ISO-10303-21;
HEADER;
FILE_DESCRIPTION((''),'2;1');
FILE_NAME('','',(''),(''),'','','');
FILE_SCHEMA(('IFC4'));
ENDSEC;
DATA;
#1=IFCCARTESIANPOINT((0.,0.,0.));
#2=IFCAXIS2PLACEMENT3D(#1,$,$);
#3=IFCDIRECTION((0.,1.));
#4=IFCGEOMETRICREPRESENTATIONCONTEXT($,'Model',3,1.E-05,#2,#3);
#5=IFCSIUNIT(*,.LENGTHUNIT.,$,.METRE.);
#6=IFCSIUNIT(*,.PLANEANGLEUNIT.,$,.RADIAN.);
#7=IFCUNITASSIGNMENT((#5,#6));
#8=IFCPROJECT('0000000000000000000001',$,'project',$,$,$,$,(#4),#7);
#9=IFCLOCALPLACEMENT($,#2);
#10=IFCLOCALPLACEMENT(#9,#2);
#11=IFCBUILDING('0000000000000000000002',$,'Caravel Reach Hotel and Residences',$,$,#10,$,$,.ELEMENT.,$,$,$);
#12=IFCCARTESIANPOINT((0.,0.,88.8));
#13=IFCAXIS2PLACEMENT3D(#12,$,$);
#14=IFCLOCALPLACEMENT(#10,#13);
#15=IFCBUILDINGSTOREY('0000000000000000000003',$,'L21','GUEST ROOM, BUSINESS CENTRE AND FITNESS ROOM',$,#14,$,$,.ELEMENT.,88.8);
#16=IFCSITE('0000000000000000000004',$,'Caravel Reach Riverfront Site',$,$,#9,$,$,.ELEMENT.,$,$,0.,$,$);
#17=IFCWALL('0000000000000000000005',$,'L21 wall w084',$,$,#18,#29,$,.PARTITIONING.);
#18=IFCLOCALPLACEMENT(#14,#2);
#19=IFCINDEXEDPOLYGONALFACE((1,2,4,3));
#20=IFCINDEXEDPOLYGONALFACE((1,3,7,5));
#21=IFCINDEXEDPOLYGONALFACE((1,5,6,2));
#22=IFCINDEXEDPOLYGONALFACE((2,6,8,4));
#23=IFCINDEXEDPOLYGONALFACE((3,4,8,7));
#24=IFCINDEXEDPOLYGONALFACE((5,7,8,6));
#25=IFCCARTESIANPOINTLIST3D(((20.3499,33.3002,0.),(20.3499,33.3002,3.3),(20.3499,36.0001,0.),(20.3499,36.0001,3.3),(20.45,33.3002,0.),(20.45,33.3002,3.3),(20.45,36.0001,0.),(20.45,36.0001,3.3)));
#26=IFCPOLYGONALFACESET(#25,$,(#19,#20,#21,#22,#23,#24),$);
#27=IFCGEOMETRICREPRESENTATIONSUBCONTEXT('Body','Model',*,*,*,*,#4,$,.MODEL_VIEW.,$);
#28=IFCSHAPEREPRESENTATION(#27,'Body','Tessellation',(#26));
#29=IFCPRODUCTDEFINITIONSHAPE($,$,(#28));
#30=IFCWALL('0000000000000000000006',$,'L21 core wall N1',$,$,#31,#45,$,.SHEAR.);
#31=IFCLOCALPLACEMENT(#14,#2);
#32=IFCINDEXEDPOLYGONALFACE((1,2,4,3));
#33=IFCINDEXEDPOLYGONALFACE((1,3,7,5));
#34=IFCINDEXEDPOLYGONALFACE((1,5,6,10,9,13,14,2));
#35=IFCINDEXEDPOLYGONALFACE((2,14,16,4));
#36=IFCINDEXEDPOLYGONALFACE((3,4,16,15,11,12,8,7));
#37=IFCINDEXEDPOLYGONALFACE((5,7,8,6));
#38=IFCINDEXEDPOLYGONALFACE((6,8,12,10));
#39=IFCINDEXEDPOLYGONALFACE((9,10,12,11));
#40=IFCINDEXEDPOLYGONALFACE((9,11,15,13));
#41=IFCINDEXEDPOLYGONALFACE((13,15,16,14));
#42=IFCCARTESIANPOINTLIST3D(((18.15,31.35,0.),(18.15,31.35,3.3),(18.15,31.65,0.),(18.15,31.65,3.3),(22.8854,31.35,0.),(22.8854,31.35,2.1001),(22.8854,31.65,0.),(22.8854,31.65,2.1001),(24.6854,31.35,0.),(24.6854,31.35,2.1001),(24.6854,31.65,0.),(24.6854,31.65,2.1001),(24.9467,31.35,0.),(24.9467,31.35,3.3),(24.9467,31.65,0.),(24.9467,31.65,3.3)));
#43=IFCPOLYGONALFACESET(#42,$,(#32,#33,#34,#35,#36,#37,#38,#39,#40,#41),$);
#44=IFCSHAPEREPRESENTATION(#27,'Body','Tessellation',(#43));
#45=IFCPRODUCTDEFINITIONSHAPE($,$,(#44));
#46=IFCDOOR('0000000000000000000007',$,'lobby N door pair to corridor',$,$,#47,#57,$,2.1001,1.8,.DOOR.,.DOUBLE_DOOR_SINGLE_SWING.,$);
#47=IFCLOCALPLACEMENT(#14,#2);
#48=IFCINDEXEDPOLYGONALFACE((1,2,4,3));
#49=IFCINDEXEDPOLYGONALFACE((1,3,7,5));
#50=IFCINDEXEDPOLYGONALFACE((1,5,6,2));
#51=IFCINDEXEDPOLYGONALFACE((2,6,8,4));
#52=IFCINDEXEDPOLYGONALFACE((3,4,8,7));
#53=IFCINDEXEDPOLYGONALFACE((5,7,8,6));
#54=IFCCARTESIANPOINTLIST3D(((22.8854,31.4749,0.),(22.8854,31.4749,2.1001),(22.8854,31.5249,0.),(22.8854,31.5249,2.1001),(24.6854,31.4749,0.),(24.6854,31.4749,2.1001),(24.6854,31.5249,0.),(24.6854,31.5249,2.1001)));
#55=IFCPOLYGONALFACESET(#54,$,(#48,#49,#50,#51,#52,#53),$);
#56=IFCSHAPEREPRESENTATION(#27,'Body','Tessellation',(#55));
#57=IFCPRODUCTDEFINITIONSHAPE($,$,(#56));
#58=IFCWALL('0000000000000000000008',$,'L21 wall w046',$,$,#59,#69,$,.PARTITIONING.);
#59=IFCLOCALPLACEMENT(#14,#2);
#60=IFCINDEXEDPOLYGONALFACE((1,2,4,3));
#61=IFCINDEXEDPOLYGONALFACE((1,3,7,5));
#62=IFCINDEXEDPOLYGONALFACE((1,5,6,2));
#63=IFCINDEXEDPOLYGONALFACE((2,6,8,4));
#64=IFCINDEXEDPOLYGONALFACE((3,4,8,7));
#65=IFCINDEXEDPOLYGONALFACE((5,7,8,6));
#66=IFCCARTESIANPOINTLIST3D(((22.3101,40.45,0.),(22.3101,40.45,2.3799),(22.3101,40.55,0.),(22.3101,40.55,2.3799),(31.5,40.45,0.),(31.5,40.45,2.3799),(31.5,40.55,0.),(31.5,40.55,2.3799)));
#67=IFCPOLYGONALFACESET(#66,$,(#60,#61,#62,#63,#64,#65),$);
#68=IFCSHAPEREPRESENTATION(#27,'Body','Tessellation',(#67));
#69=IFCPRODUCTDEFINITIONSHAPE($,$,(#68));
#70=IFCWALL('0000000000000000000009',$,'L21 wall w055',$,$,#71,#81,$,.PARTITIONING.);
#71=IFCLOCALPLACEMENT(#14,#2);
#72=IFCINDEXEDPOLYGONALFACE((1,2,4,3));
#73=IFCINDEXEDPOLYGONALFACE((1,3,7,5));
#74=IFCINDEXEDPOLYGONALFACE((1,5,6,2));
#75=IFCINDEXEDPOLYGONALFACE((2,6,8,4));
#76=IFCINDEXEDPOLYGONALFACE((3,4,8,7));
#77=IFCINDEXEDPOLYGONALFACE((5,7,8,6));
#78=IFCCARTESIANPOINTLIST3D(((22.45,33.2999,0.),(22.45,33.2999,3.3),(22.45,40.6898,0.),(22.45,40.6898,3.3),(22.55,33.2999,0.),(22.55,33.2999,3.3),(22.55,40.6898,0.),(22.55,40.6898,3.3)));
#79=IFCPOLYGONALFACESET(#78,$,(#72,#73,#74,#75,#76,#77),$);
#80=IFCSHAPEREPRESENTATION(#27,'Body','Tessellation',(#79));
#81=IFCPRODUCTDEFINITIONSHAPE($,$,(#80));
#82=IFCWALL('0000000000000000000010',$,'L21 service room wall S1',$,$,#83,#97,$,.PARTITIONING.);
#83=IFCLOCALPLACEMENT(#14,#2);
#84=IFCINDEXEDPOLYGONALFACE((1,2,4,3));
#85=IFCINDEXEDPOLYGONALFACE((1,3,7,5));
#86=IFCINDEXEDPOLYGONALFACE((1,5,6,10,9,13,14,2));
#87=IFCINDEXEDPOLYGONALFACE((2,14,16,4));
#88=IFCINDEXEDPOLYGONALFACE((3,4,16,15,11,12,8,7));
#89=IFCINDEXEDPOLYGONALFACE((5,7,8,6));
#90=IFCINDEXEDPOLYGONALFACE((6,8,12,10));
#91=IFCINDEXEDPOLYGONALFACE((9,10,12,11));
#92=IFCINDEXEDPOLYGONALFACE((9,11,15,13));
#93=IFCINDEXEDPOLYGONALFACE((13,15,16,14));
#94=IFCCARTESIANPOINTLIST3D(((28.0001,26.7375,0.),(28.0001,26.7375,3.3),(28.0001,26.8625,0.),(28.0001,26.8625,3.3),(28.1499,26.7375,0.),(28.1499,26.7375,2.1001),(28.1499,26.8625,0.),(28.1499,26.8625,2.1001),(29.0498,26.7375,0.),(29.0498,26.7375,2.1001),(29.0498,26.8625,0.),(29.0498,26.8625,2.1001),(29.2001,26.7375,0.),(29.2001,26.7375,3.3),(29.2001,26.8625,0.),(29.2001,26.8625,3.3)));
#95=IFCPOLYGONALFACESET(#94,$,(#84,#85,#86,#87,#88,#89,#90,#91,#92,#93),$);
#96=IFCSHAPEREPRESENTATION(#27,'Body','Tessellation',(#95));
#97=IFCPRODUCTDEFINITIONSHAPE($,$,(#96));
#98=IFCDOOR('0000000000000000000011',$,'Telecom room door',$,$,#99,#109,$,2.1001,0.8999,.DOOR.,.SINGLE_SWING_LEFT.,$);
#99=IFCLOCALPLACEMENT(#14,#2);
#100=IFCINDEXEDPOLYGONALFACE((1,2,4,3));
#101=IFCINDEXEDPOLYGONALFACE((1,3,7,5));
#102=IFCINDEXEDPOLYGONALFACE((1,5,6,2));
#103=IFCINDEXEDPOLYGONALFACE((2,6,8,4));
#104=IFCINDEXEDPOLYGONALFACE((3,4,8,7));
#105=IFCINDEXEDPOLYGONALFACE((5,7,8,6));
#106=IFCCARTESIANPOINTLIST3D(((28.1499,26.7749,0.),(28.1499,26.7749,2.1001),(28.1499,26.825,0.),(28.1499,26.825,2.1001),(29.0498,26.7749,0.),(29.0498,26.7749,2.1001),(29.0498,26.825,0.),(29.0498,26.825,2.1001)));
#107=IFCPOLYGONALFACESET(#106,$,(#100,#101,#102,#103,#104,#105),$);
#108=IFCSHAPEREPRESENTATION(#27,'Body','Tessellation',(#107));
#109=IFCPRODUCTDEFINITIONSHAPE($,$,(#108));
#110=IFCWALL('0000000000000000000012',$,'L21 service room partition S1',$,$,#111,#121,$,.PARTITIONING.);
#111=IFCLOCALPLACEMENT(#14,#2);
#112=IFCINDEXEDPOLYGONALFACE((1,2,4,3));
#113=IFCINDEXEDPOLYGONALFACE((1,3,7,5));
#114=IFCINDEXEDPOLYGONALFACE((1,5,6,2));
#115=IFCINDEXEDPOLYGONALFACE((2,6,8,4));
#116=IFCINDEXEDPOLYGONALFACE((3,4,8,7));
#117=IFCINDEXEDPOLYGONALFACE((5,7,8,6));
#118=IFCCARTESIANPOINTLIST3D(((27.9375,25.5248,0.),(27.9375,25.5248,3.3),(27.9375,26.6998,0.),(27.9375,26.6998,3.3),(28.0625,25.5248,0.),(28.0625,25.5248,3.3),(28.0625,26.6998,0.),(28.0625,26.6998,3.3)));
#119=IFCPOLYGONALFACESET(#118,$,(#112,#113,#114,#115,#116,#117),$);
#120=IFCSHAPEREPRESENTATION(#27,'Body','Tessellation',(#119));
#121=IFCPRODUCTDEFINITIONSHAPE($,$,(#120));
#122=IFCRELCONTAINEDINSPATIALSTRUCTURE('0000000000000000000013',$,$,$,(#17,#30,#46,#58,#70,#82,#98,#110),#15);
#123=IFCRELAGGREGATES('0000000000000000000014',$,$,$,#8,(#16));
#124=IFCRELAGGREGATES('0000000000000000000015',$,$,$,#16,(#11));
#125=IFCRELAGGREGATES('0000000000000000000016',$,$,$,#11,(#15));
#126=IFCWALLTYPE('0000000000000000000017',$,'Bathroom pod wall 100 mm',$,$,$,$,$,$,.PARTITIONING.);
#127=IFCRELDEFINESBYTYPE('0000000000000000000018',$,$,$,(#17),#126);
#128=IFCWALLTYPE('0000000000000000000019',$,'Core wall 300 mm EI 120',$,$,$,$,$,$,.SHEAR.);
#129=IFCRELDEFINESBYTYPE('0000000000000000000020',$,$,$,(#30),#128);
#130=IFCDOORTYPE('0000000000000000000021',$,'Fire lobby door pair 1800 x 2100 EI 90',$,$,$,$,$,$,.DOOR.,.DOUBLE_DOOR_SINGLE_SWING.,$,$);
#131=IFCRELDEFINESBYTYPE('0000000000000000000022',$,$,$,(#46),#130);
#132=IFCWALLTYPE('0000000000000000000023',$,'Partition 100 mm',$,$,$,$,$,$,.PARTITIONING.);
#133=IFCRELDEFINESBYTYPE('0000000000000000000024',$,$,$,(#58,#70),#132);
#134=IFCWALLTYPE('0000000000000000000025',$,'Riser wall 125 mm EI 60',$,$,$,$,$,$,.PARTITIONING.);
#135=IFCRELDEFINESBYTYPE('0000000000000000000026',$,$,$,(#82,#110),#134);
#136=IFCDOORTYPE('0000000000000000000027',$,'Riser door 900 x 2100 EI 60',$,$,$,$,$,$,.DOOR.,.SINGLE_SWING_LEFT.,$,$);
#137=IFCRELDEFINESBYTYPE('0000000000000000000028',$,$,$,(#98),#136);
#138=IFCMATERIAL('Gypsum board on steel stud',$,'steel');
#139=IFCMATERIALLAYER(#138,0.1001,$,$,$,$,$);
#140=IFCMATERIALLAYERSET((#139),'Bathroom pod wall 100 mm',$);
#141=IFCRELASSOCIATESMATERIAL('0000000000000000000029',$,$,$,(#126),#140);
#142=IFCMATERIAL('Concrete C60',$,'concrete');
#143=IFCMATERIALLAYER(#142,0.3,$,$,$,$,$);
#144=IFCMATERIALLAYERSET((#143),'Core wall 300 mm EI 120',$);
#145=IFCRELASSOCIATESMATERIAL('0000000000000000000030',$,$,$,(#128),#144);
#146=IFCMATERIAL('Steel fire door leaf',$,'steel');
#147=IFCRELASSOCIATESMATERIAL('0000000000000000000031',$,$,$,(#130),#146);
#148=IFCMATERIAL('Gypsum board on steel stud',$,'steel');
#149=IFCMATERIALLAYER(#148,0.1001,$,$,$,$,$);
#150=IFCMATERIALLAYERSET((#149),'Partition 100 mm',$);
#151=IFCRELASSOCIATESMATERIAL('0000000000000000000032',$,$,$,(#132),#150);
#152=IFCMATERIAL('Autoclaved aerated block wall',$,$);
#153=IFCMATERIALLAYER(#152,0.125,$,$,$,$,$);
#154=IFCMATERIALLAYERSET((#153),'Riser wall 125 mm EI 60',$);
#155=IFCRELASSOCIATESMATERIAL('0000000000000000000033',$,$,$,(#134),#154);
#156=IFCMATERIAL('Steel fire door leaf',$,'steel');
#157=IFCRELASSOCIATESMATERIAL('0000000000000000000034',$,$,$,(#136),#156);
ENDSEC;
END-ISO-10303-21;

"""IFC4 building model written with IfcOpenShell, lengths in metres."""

from ifc_helpers import new_model, si_unit, direction, frame, frame_2d, origin, place, context, subcontext, project, spatial, rectangle, extrude, material, layer, layer_set, type_object, element, fill, save


model = new_model("IFC4")

# Units and contexts
model_context = context("Model", 3, precision=1e-05, world=origin(), true_north=direction((0.0, 1.0)))
body_context = subcontext(model_context, "Body", "Model", "MODEL_VIEW")
ifc_project = project(units=[si_unit("LENGTHUNIT", "METRE"), si_unit("PLANEANGLEUNIT", "RADIAN")], contexts=[model_context])

# Site, building, storey
site_placement = place(None, origin())
site = spatial("IfcSite", under=ifc_project, at=site_placement, Name="Caravel Reach Riverfront Site", CompositionType="ELEMENT", RefElevation=0.0)
building_placement = place(site_placement, origin())
building = spatial("IfcBuilding", under=site, at=building_placement, Name="Caravel Reach Hotel and Residences", CompositionType="ELEMENT")
storey_placement = place(building_placement, frame((0.0, 0.0, 88.8)))
storey = spatial("IfcBuildingStorey", under=building, at=storey_placement, Name="L21", Description="GUEST ROOM, BUSINESS CENTRE AND FITNESS ROOM", CompositionType="ELEMENT", Elevation=88.8)

# Shared definitions
ifc_material_1 = material(Name="Gypsum board on steel stud", Category="steel")
ifc_layer_1 = layer(ifc_material_1, 0.1001)
ifc_layer_set_1 = layer_set([ifc_layer_1], Name="Bathroom pod wall 100 mm")
wall_type_1 = type_object("IfcWallType", Name="Bathroom pod wall 100 mm", PredefinedType="PARTITIONING", material=ifc_layer_set_1)

# Wall
for number, where, z_axis, x_axis, name in (
    (1, (20.3999, 33.3, 0.0), (0.0, 0.0, 1.0), (0.0, 1.0, 0.0), "L21 wall w084"),
):
    element("IfcWall", number, at=place(storey_placement, frame(where, z_axis=z_axis, x_axis=x_axis)), inside=storey, type_object=wall_type_1, Name=name, PredefinedType="PARTITIONING", context=body_context, shape_type="SweptSolid", body=[
        extrude(rectangle(XDim=2.7, YDim=0.1001, at=frame_2d((1.3501, 0.0))), origin(), (0.0, 0.0, 1.0), 3.3),
    ])

# Wall, opening, door
ifc_material_2 = material(Name="Concrete C60", Category="concrete")
ifc_layer_2 = layer(ifc_material_2, 0.3)
ifc_layer_set_2 = layer_set([ifc_layer_2], Name="Core wall 300 mm EI 120")
wall_type_2 = type_object("IfcWallType", Name="Core wall 300 mm EI 120", PredefinedType="SHEAR", material=ifc_layer_set_2)
wall_1_placement = place(storey_placement, frame((18.1499, 31.5, 0.0), z_axis=(0.0, 0.0, 1.0), x_axis=(1.0, 0.0, 0.0)))
wall_1 = element("IfcWall", 2, at=wall_1_placement, inside=storey, type_object=wall_type_2, Name="L21 core wall N1", PredefinedType="SHEAR", context=body_context, shape_type="SweptSolid", body=[
    extrude(rectangle(XDim=6.7966, YDim=0.3, at=frame_2d((3.3984, 0.0))), origin(), (0.0, 0.0, 1.0), 3.3),
])
opening_1_placement = place(wall_1_placement, frame((4.7356, 0.0, 0.0)))
opening_1 = element("IfcOpeningElement", 3, at=opening_1_placement, cuts=wall_1, PredefinedType="OPENING", context=body_context, shape_type="SweptSolid", body=[
    extrude(rectangle(XDim=1.8, YDim=2.1001, at=frame_2d((0.8999, 1.05))), frame((0.0, 0.1599, 0.0), z_axis=(0.0, -1.0, 0.0), x_axis=(1.0, 0.0, 0.0)), (0.0, 0.0, 1.0), 0.3201),
])
ifc_material_3 = material(Name="Steel fire door leaf", Category="steel")
door_type_1 = type_object("IfcDoorType", Name="Fire lobby door pair 1800 x 2100 EI 90", OperationType="DOUBLE_DOOR_SINGLE_SWING", PredefinedType="DOOR", material=ifc_material_3)
door_1_placement = place(opening_1_placement, origin())
door_1 = element("IfcDoor", 4, at=door_1_placement, inside=storey, type_object=door_type_1, Name="lobby N door pair to corridor", OperationType="DOUBLE_DOOR_SINGLE_SWING", OverallHeight=2.1001, OverallWidth=1.8, PredefinedType="DOOR", context=body_context, shape_type="SweptSolid", body=[
    extrude(rectangle(XDim=1.8, YDim=2.1001, at=frame_2d((0.8999, 1.05))), frame((0.0, 0.0249, 0.0), z_axis=(0.0, -1.0, 0.0), x_axis=(1.0, 0.0, 0.0)), (0.0, 0.0, 1.0), 0.05),
])
fill(opening_1, door_1)

# Walls
ifc_material_4 = material(Name="Gypsum board on steel stud", Category="steel")
ifc_layer_3 = layer(ifc_material_4, 0.1001)
ifc_layer_set_3 = layer_set([ifc_layer_3], Name="Partition 100 mm")
wall_type_3 = type_object("IfcWallType", Name="Partition 100 mm", PredefinedType="PARTITIONING", material=ifc_layer_set_3)
wall_2_placement = place(storey_placement, frame((22.3101, 40.5, 0.0), z_axis=(0.0, 0.0, 1.0), x_axis=(1.0, 0.0, 0.0)))
element("IfcWall", 5, at=wall_2_placement, inside=storey, type_object=wall_type_3, Name="L21 wall w046", PredefinedType="PARTITIONING", context=body_context, shape_type="SweptSolid", body=[
    extrude(rectangle(XDim=9.1899, YDim=0.1001, at=frame_2d((4.595, 0.0))), origin(), (0.0, 0.0, 1.0), 2.3799),
])
wall_3_placement = place(storey_placement, frame((22.5, 33.3, 0.0), z_axis=(0.0, 0.0, 1.0), x_axis=(0.0, 1.0, 0.0)))
element("IfcWall", 6, at=wall_3_placement, inside=storey, type_object=wall_type_3, Name="L21 wall w055", PredefinedType="PARTITIONING", context=body_context, shape_type="SweptSolid", body=[
    extrude(rectangle(XDim=7.3899, YDim=0.1001, at=frame_2d((3.6948, 0.0))), origin(), (0.0, 0.0, 1.0), 3.3),
])

# Wall, opening, door
ifc_material_5 = material(Name="Autoclaved aerated block wall")
ifc_layer_4 = layer(ifc_material_5, 0.125)
ifc_layer_set_4 = layer_set([ifc_layer_4], Name="Riser wall 125 mm EI 60")
wall_type_4 = type_object("IfcWallType", Name="Riser wall 125 mm EI 60", PredefinedType="PARTITIONING", material=ifc_layer_set_4)
wall_4_placement = place(storey_placement, frame((28.0, 26.8, 0.0), z_axis=(0.0, 0.0, 1.0), x_axis=(1.0, 0.0, 0.0)))
wall_4 = element("IfcWall", 7, at=wall_4_placement, inside=storey, type_object=wall_type_4, Name="L21 service room wall S1", PredefinedType="PARTITIONING", context=body_context, shape_type="SweptSolid", body=[
    extrude(rectangle(XDim=1.2, YDim=0.125, at=frame_2d((0.6001, 0.0))), origin(), (0.0, 0.0, 1.0), 3.3),
])
opening_2_placement = place(wall_4_placement, frame((0.1499, 0.0, 0.0)))
opening_2 = element("IfcOpeningElement", 8, at=opening_2_placement, cuts=wall_4, PredefinedType="OPENING", context=body_context, shape_type="SweptSolid", body=[
    extrude(rectangle(XDim=0.8999, YDim=2.1001, at=frame_2d((0.45, 1.05))), frame((0.0, 0.0725, 0.0), z_axis=(0.0, -1.0, 0.0), x_axis=(1.0, 0.0, 0.0)), (0.0, 0.0, 1.0), 0.145),
])
ifc_material_6 = material(Name="Steel fire door leaf", Category="steel")
door_type_2 = type_object("IfcDoorType", Name="Riser door 900 x 2100 EI 60", OperationType="SINGLE_SWING_LEFT", PredefinedType="DOOR", material=ifc_material_6)
door_2_placement = place(opening_2_placement, origin())
door_2 = element("IfcDoor", 9, at=door_2_placement, inside=storey, type_object=door_type_2, Name="Telecom room door", OperationType="SINGLE_SWING_LEFT", OverallHeight=2.1001, OverallWidth=0.8999, PredefinedType="DOOR", context=body_context, shape_type="SweptSolid", body=[
    extrude(rectangle(XDim=0.8999, YDim=2.1001, at=frame_2d((0.45, 1.05))), frame((0.0, 0.0249, 0.0), z_axis=(0.0, -1.0, 0.0), x_axis=(1.0, 0.0, 0.0)), (0.0, 0.0, 1.0), 0.05),
])
fill(opening_2, door_2)

# Wall
wall_5_placement = place(storey_placement, frame((28.0, 25.5249, 0.0), z_axis=(0.0, 0.0, 1.0), x_axis=(0.0, 1.0, 0.0)))
element("IfcWall", 10, at=wall_5_placement, inside=storey, type_object=wall_type_4, Name="L21 service room partition S1", PredefinedType="PARTITIONING", context=body_context, shape_type="SweptSolid", body=[
    extrude(rectangle(XDim=1.175, YDim=0.125, at=frame_2d((0.5874, 0.0))), origin(), (0.0, 0.0, 1.0), 3.3),
])

save(model, "model.ifc")
